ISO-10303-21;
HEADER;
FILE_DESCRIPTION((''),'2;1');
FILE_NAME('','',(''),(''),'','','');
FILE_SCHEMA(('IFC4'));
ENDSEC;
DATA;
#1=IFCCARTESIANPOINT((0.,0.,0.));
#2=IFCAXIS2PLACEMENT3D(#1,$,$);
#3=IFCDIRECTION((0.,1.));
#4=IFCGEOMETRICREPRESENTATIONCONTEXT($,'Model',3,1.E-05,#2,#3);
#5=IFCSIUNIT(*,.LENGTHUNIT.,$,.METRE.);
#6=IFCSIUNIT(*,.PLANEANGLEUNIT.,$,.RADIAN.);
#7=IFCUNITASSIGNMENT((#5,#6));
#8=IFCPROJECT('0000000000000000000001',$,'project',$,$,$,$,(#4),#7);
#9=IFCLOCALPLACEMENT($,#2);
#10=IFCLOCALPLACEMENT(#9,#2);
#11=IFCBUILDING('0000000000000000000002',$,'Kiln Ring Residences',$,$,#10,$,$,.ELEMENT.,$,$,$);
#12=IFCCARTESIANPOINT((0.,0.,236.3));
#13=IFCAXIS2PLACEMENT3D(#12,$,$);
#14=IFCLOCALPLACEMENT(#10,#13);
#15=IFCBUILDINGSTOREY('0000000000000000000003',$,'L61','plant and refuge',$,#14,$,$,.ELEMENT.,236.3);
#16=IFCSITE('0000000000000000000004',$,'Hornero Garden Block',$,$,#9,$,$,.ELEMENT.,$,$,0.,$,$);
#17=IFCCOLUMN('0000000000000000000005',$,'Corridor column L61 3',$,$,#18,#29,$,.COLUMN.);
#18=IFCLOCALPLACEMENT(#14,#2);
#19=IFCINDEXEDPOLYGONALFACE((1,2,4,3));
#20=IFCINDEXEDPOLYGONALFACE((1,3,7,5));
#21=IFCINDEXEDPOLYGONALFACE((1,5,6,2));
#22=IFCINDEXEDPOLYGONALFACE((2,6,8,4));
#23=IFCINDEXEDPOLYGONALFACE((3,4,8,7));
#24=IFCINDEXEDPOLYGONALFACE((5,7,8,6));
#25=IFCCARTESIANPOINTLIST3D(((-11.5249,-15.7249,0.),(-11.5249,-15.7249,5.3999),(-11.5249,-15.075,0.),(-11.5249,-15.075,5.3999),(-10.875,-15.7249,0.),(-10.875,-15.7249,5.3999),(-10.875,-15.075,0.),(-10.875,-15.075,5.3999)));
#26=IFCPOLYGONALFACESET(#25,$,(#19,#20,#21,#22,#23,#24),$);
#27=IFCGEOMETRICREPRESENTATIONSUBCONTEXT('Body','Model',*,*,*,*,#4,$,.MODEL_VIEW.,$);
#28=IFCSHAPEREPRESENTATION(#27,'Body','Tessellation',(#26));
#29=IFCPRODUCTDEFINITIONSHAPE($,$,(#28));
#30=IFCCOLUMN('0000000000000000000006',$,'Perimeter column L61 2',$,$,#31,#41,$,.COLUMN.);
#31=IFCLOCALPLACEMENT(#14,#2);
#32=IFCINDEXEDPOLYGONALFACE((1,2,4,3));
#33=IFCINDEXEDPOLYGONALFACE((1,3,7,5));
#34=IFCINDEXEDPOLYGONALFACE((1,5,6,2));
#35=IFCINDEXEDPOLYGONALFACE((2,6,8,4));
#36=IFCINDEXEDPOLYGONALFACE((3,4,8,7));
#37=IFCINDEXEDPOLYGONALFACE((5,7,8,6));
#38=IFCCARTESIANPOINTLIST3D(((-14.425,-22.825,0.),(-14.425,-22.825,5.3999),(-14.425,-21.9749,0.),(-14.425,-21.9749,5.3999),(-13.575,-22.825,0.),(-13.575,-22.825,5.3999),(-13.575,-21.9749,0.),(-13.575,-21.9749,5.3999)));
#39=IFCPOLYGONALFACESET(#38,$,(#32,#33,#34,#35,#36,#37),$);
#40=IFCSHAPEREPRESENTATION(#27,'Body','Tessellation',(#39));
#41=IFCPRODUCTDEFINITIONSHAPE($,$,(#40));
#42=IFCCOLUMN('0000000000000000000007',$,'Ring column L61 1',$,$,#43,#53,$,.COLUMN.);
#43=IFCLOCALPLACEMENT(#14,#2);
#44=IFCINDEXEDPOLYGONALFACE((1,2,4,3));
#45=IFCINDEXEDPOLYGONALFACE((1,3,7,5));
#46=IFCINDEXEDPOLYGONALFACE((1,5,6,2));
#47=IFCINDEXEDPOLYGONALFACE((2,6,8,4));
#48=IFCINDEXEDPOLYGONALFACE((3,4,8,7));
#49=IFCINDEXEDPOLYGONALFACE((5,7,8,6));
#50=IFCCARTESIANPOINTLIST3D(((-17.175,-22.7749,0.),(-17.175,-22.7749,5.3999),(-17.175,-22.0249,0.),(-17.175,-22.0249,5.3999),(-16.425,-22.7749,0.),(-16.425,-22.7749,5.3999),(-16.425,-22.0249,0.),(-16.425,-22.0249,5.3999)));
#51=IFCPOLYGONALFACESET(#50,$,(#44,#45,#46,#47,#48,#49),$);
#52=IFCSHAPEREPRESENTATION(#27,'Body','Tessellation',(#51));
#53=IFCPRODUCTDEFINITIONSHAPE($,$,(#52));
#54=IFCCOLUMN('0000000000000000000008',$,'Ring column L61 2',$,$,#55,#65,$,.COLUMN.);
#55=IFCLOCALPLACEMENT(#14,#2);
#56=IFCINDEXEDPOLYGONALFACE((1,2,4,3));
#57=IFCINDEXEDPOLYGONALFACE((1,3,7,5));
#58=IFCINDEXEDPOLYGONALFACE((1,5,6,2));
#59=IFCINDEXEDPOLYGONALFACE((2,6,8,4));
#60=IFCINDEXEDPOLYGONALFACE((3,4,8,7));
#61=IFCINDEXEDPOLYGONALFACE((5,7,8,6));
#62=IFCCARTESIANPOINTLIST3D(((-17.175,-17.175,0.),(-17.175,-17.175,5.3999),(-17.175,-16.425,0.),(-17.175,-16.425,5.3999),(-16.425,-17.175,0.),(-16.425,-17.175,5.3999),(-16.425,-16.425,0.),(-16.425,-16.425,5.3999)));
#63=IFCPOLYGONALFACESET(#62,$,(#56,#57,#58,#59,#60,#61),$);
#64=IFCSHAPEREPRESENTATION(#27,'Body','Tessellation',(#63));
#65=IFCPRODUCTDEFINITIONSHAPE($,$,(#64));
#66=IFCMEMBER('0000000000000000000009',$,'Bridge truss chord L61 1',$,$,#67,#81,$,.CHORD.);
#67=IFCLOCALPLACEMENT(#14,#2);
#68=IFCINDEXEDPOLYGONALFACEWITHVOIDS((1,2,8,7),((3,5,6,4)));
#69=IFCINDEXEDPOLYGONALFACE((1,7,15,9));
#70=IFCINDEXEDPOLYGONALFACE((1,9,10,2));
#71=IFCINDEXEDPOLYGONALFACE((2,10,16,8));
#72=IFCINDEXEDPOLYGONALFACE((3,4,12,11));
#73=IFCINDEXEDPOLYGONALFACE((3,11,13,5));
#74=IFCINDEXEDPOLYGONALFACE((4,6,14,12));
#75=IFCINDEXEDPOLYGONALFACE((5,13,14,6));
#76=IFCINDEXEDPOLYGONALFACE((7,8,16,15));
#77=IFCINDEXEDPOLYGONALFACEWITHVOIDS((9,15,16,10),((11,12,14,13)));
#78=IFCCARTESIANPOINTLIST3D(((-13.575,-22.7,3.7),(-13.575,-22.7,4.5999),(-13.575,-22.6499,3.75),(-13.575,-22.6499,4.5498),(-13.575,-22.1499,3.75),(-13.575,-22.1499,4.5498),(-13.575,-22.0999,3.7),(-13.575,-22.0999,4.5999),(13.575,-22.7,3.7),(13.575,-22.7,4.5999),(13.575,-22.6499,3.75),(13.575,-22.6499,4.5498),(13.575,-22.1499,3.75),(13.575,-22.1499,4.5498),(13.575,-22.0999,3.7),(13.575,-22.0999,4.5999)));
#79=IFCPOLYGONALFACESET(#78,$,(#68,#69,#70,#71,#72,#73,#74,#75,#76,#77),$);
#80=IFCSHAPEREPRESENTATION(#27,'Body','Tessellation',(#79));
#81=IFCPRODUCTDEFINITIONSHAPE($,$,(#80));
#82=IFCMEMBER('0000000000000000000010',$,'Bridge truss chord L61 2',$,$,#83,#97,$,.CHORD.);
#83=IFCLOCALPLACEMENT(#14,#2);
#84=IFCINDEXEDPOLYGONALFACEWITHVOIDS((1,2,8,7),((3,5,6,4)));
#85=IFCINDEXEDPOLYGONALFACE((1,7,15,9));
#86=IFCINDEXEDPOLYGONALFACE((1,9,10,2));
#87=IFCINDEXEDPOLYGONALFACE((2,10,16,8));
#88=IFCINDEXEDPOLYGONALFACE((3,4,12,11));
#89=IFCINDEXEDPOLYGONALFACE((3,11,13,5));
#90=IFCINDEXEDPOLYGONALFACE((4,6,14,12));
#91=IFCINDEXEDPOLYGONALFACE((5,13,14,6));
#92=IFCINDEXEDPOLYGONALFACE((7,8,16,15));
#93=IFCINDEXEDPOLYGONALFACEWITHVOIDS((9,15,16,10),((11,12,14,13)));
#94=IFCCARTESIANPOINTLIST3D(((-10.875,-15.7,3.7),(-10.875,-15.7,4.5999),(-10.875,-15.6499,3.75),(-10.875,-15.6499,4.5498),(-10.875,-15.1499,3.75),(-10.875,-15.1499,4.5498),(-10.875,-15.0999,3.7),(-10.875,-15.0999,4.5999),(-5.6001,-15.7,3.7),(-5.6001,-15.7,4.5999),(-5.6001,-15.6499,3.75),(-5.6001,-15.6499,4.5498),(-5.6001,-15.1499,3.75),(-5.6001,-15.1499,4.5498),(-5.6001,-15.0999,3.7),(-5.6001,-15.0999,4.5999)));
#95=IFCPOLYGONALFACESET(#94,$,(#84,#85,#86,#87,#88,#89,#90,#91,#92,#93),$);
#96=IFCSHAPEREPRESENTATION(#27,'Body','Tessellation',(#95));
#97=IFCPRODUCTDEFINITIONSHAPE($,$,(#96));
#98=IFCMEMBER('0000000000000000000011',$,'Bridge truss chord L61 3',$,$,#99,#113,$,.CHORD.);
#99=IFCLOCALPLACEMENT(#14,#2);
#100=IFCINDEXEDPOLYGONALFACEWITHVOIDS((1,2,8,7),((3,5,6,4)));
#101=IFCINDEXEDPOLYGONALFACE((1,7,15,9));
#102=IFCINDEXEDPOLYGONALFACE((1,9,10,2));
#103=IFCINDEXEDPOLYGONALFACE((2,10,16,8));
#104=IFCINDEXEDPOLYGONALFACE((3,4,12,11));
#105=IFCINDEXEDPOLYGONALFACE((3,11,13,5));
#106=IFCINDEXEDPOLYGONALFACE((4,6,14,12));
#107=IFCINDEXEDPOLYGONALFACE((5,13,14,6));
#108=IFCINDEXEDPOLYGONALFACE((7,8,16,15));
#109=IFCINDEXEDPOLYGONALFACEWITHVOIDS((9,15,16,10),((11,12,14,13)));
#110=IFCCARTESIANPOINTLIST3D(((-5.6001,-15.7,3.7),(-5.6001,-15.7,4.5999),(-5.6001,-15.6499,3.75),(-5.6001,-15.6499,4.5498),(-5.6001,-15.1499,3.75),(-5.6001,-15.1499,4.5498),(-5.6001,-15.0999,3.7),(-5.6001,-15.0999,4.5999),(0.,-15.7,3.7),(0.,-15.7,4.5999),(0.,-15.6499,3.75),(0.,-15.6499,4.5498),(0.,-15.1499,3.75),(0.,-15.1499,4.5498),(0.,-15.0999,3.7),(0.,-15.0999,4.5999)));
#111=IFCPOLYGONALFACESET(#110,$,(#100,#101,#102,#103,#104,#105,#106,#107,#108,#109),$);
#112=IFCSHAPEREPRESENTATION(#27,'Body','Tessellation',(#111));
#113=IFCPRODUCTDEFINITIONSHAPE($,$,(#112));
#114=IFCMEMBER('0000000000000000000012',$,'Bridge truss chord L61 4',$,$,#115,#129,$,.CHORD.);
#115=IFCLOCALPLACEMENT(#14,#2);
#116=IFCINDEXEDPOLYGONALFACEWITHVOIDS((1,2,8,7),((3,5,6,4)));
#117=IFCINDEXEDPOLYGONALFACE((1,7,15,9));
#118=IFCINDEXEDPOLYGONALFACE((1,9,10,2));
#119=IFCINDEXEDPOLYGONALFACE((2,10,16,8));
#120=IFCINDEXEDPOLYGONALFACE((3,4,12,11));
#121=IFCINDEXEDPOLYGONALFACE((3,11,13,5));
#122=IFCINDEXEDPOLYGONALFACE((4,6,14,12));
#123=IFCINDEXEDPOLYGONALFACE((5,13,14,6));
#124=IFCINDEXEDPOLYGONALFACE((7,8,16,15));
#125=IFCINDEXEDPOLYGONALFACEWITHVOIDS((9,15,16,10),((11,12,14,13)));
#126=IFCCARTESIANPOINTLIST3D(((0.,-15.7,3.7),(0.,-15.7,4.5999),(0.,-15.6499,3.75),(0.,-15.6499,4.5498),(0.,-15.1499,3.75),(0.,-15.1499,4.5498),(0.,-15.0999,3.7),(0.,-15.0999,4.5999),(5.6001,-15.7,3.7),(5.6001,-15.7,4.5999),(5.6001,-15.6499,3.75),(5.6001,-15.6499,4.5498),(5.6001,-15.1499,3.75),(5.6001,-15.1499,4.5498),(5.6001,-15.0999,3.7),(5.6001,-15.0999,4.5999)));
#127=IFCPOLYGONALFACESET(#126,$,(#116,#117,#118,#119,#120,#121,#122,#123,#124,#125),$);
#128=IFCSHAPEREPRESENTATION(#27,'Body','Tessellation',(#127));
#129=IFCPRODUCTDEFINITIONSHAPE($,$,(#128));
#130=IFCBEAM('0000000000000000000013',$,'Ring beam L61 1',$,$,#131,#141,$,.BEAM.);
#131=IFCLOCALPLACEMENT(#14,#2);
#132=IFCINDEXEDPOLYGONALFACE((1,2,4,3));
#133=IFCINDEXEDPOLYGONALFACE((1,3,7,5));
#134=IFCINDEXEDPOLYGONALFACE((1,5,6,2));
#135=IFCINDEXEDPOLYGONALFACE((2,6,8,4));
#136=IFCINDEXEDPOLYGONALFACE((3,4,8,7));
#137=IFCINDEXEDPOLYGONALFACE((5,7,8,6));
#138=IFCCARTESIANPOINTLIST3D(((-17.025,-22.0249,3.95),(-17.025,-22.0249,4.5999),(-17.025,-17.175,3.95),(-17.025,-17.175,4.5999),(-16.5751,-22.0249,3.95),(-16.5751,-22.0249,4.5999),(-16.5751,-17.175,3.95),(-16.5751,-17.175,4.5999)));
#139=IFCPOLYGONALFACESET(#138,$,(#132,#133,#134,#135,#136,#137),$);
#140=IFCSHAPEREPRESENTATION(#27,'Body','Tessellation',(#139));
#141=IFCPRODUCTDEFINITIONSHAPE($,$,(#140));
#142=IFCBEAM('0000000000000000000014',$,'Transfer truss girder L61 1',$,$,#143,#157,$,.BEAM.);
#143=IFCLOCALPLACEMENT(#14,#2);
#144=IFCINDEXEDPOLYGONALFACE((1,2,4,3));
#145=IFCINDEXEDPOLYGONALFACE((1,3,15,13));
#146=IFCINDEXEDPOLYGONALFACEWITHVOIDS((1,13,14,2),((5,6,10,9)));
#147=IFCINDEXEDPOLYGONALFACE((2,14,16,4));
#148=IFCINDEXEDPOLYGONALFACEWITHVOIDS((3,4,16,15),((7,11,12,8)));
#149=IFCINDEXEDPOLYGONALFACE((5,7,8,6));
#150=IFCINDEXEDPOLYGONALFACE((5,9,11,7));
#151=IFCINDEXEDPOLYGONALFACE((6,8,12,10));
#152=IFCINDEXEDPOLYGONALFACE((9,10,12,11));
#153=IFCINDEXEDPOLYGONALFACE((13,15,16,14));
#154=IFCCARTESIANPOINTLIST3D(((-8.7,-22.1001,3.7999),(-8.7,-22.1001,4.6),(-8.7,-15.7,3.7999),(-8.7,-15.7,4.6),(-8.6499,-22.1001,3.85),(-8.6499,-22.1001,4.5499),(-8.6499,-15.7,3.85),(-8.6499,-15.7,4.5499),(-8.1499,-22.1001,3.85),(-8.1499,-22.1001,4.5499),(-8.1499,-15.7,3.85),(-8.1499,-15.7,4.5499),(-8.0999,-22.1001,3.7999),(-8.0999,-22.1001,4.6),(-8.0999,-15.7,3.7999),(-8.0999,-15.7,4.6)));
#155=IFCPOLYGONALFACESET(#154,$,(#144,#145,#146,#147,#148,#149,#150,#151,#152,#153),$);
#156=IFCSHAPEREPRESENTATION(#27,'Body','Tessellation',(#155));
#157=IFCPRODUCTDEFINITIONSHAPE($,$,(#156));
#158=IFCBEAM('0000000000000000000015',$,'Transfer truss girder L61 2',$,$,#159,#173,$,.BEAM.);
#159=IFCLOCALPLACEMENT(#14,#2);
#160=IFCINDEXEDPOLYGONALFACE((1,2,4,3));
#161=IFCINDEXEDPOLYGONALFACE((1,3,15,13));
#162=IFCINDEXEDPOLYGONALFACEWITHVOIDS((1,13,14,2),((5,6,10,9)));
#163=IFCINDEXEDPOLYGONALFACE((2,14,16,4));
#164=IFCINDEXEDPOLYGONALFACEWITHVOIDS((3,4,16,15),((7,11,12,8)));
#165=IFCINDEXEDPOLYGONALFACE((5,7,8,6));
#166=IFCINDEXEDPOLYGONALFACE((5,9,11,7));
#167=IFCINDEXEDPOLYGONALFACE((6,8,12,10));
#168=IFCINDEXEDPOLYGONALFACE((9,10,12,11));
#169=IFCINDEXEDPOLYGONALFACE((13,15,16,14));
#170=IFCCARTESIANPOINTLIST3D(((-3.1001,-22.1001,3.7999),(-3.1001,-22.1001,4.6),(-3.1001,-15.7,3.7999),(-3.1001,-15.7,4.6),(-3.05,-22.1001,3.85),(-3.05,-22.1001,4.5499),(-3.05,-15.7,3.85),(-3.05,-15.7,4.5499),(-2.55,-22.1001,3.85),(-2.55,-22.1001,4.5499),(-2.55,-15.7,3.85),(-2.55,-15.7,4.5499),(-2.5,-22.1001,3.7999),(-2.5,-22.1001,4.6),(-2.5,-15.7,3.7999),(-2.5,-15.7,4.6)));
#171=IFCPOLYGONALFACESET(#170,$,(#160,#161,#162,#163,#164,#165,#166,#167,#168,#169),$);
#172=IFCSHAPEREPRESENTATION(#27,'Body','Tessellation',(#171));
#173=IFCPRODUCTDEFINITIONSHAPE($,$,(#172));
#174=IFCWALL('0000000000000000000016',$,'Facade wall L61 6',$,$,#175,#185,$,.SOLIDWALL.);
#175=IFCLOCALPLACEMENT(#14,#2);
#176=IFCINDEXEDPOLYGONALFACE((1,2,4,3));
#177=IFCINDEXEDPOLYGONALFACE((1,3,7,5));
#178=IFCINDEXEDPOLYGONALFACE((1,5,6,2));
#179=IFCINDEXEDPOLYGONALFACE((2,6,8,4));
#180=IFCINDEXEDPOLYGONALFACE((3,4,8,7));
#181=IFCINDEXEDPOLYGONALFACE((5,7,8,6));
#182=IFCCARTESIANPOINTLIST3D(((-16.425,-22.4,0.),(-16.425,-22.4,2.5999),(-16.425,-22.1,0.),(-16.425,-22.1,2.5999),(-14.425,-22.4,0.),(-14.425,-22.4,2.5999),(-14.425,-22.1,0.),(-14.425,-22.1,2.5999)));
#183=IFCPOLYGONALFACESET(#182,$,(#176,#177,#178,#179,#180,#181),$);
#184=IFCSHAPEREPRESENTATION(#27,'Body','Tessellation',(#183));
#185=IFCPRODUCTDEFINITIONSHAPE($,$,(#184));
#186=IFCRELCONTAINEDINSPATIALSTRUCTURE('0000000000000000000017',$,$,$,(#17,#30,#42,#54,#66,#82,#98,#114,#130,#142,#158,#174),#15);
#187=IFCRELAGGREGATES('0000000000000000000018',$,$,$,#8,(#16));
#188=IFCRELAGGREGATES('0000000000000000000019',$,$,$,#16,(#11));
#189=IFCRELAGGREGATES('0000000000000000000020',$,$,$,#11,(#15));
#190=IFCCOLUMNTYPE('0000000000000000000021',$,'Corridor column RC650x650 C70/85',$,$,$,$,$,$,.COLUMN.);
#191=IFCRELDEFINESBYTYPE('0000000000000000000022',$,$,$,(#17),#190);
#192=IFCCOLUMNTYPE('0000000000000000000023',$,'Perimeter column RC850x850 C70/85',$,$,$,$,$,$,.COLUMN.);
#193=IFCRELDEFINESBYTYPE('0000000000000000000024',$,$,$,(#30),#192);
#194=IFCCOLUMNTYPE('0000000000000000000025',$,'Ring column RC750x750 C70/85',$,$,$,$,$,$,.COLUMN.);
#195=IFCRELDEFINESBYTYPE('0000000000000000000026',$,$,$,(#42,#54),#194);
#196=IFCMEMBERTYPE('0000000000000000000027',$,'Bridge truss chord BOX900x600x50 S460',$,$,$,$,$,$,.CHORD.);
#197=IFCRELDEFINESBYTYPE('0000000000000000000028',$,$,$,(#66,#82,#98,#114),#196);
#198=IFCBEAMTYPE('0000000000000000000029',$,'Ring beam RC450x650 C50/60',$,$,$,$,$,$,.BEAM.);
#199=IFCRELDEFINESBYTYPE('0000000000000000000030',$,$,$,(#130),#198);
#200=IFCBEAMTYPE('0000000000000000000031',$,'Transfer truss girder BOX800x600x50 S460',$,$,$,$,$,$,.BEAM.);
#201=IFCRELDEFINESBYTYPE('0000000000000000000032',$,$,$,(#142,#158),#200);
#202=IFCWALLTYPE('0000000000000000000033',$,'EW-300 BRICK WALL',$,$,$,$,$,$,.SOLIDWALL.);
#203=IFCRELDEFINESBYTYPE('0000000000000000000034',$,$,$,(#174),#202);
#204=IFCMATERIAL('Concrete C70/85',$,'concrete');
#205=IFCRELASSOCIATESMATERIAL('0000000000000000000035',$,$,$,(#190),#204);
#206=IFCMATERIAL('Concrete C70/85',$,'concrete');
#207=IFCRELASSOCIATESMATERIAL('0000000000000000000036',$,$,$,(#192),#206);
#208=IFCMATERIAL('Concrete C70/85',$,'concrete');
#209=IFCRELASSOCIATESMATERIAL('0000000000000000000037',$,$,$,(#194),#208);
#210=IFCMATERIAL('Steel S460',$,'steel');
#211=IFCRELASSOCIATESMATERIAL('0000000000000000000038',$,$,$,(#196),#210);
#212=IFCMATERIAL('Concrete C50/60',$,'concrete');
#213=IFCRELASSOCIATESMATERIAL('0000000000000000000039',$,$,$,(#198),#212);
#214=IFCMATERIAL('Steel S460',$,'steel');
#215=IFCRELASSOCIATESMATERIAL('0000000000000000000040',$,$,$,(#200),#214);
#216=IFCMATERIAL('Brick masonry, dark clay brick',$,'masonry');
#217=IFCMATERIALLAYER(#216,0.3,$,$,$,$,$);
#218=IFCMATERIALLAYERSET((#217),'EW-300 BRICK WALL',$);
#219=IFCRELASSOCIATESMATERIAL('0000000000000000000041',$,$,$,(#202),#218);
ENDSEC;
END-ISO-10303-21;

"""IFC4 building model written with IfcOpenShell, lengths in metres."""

from ifc_helpers import new_model, si_unit, direction, frame, frame_2d, origin, origin_2d, place, context, subcontext, project, spatial, rectangle, hollow_rectangle, extrude, material, layer, layer_set, material_profile, profile_set, type_object, element, save


model = new_model("IFC4")

# Units and contexts
model_context = context("Model", 3, precision=1e-05, world=origin(), true_north=direction((0.0, 1.0)))
body_context = subcontext(model_context, "Body", "Model", "MODEL_VIEW")
ifc_project = project(units=[si_unit("LENGTHUNIT", "METRE"), si_unit("PLANEANGLEUNIT", "RADIAN")], contexts=[model_context])

# Site, building, storey
site_placement = place(None, origin())
site = spatial("IfcSite", under=ifc_project, at=site_placement, Name="Hornero Garden Block", CompositionType="ELEMENT", RefElevation=0.0)
building_placement = place(site_placement, origin())
building = spatial("IfcBuilding", under=site, at=building_placement, Name="Kiln Ring Residences", CompositionType="ELEMENT")
storey_placement = place(building_placement, frame((0.0, 0.0, 236.3)))
storey = spatial("IfcBuildingStorey", under=building, at=storey_placement, Name="L61", Description="plant and refuge", CompositionType="ELEMENT", Elevation=236.3)

# Columns
ifc_material_1 = material(Name="Concrete C70/85", Category="concrete")
ifc_material_profile_1 = material_profile(ifc_material_1, rectangle(XDim=0.6499, YDim=0.6499, at=origin_2d()), Name="RC650x650")
ifc_profile_set_1 = profile_set([ifc_material_profile_1], Name="Concrete C70/85")
column_type_1 = type_object("IfcColumnType", Name="Corridor column RC650x650 C70/85", PredefinedType="COLUMN", material=ifc_profile_set_1)
column_1_placement = place(storey_placement, frame((-11.2, -15.3999, 0.0), z_axis=(0.0, 0.0, 1.0), x_axis=(1.0, 0.0, 0.0)))
element("IfcColumn", 1, at=column_1_placement, inside=storey, type_object=column_type_1, Name="Corridor column L61 3", PredefinedType="COLUMN", context=body_context, shape_type="SweptSolid", body=[
    extrude(rectangle(XDim=0.6499, YDim=0.6499, at=origin_2d()), origin(), (0.0, 0.0, 1.0), 5.3999),
])
ifc_material_2 = material(Name="Concrete C70/85", Category="concrete")
ifc_material_profile_2 = material_profile(ifc_material_2, rectangle(XDim=0.8501, YDim=0.8501, at=origin_2d()), Name="RC850x850")
ifc_profile_set_2 = profile_set([ifc_material_profile_2], Name="Concrete C70/85")
column_type_2 = type_object("IfcColumnType", Name="Perimeter column RC850x850 C70/85", PredefinedType="COLUMN", material=ifc_profile_set_2)
column_2_placement = place(storey_placement, frame((-14.0, -22.3999, 0.0), z_axis=(0.0, 0.0, 1.0), x_axis=(1.0, 0.0, 0.0)))
element("IfcColumn", 2, at=column_2_placement, inside=storey, type_object=column_type_2, Name="Perimeter column L61 2", PredefinedType="COLUMN", context=body_context, shape_type="SweptSolid", body=[
    extrude(rectangle(XDim=0.8501, YDim=0.8501, at=origin_2d()), origin(), (0.0, 0.0, 1.0), 5.3999),
])
ifc_material_3 = material(Name="Concrete C70/85", Category="concrete")
ifc_material_profile_3 = material_profile(ifc_material_3, rectangle(XDim=0.75, YDim=0.75, at=origin_2d()), Name="RC750x750")
ifc_profile_set_3 = profile_set([ifc_material_profile_3], Name="Concrete C70/85")
column_type_3 = type_object("IfcColumnType", Name="Ring column RC750x750 C70/85", PredefinedType="COLUMN", material=ifc_profile_set_3)
for number, where, z_axis, x_axis, name in (
    (3, (-16.8, -22.3999, 0.0), (0.0, 0.0, 1.0), (1.0, 0.0, 0.0), "Ring column L61 1"),
    (4, (-16.8, -16.8, 0.0), (0.0, 0.0, 1.0), (1.0, 0.0, 0.0), "Ring column L61 2"),
):
    element("IfcColumn", number, at=place(storey_placement, frame(where, z_axis=z_axis, x_axis=x_axis)), inside=storey, type_object=column_type_3, Name=name, PredefinedType="COLUMN", context=body_context, shape_type="SweptSolid", body=[
        extrude(rectangle(XDim=0.75, YDim=0.75, at=origin_2d()), origin(), (0.0, 0.0, 1.0), 5.3999),
    ])

# Members
ifc_material_4 = material(Name="Steel S460", Category="steel")
ifc_material_profile_4 = material_profile(ifc_material_4, hollow_rectangle(XDim=0.6001, YDim=0.8999, WallThickness=0.05, at=origin_2d()), Name="BOX900x600x50")
ifc_profile_set_4 = profile_set([ifc_material_profile_4], Name="Steel S460")
member_type = type_object("IfcMemberType", Name="Bridge truss chord BOX900x600x50 S460", PredefinedType="CHORD", material=ifc_profile_set_4)
member_1_placement = place(storey_placement, frame((-13.575, -22.3999, 4.1499), z_axis=(1.0, 0.0, 0.0), x_axis=(0.0, 1.0, 0.0)))
element("IfcMember", 5, at=member_1_placement, inside=storey, type_object=member_type, Name="Bridge truss chord L61 1", PredefinedType="CHORD", context=body_context, shape_type="SweptSolid", body=[
    extrude(hollow_rectangle(XDim=0.6001, YDim=0.8999, WallThickness=0.05, at=origin_2d()), origin(), (0.0, 0.0, 1.0), 27.1499),
])
member_2_placement = place(storey_placement, frame((-10.875, -15.3999, 4.1499), z_axis=(1.0, 0.0, 0.0), x_axis=(0.0, 1.0, 0.0)))
element("IfcMember", 6, at=member_2_placement, inside=storey, type_object=member_type, Name="Bridge truss chord L61 2", PredefinedType="CHORD", context=body_context, shape_type="SweptSolid", body=[
    extrude(hollow_rectangle(XDim=0.6001, YDim=0.8999, WallThickness=0.05, at=origin_2d()), origin(), (0.0, 0.0, 1.0), 5.2749),
])
for number, where, z_axis, x_axis, name in (
    (7, (-5.6001, -15.3999, 4.1499), (1.0, 0.0, 0.0), (0.0, 1.0, 0.0), "Bridge truss chord L61 3"),
    (8, (0.0, -15.3999, 4.1499), (1.0, 0.0, 0.0), (0.0, 1.0, 0.0), "Bridge truss chord L61 4"),
):
    element("IfcMember", number, at=place(storey_placement, frame(where, z_axis=z_axis, x_axis=x_axis)), inside=storey, type_object=member_type, Name=name, PredefinedType="CHORD", context=body_context, shape_type="SweptSolid", body=[
        extrude(hollow_rectangle(XDim=0.6001, YDim=0.8999, WallThickness=0.05, at=origin_2d()), origin(), (0.0, 0.0, 1.0), 5.6001),
    ])

# Beams
ifc_material_5 = material(Name="Concrete C50/60", Category="concrete")
ifc_material_profile_5 = material_profile(ifc_material_5, rectangle(XDim=0.45, YDim=0.6499, at=origin_2d()), Name="RC450x650")
ifc_profile_set_5 = profile_set([ifc_material_profile_5], Name="Concrete C50/60")
beam_type_1 = type_object("IfcBeamType", Name="Ring beam RC450x650 C50/60", PredefinedType="BEAM", material=ifc_profile_set_5)
beam_placement = place(storey_placement, frame((-16.8, -17.175, 4.2749), z_axis=(0.0, -1.0, 0.0), x_axis=(1.0, 0.0, 0.0)))
element("IfcBeam", 9, at=beam_placement, inside=storey, type_object=beam_type_1, Name="Ring beam L61 1", PredefinedType="BEAM", context=body_context, shape_type="SweptSolid", body=[
    extrude(rectangle(XDim=0.45, YDim=0.6499, at=origin_2d()), origin(), (0.0, 0.0, 1.0), 4.8499),
])
ifc_material_6 = material(Name="Steel S460", Category="steel")
ifc_material_profile_6 = material_profile(ifc_material_6, hollow_rectangle(XDim=0.6001, YDim=0.8, WallThickness=0.05, at=origin_2d()), Name="BOX800x600x50")
ifc_profile_set_6 = profile_set([ifc_material_profile_6], Name="Steel S460")
beam_type_2 = type_object("IfcBeamType", Name="Transfer truss girder BOX800x600x50 S460", PredefinedType="BEAM", material=ifc_profile_set_6)
for number, where, z_axis, x_axis, name in (
    (10, (-8.3999, -22.1001, 4.2), (0.0, 1.0, 0.0), (-1.0, 0.0, 0.0), "Transfer truss girder L61 1"),
    (11, (-2.8, -22.1001, 4.2), (0.0, 1.0, 0.0), (-1.0, 0.0, 0.0), "Transfer truss girder L61 2"),
):
    element("IfcBeam", number, at=place(storey_placement, frame(where, z_axis=z_axis, x_axis=x_axis)), inside=storey, type_object=beam_type_2, Name=name, PredefinedType="BEAM", context=body_context, shape_type="SweptSolid", body=[
        extrude(hollow_rectangle(XDim=0.6001, YDim=0.8, WallThickness=0.05, at=origin_2d()), origin(), (0.0, 0.0, 1.0), 6.4001),
    ])

# Wall
ifc_material_7 = material(Name="Brick masonry, dark clay brick", Category="masonry")
ifc_layer_1 = layer(ifc_material_7, 0.3)
ifc_layer_set_1 = layer_set([ifc_layer_1], Name="EW-300 BRICK WALL")
wall_type_1 = type_object("IfcWallType", Name="EW-300 BRICK WALL", PredefinedType="SOLIDWALL", material=ifc_layer_set_1)
wall_1_placement = place(storey_placement, frame((-16.425, -22.25, 0.0), z_axis=(0.0, 0.0, 1.0), x_axis=(1.0, 0.0, 0.0)))
element("IfcWall", 12, at=wall_1_placement, inside=storey, type_object=wall_type_1, Name="Facade wall L61 6", PredefinedType="SOLIDWALL", context=body_context, shape_type="SweptSolid", body=[
    extrude(rectangle(XDim=2.0, YDim=0.3, at=frame_2d((1.0, 0.0))), origin(), (0.0, 0.0, 1.0), 2.5999),
])

save(model, "model.ifc")
